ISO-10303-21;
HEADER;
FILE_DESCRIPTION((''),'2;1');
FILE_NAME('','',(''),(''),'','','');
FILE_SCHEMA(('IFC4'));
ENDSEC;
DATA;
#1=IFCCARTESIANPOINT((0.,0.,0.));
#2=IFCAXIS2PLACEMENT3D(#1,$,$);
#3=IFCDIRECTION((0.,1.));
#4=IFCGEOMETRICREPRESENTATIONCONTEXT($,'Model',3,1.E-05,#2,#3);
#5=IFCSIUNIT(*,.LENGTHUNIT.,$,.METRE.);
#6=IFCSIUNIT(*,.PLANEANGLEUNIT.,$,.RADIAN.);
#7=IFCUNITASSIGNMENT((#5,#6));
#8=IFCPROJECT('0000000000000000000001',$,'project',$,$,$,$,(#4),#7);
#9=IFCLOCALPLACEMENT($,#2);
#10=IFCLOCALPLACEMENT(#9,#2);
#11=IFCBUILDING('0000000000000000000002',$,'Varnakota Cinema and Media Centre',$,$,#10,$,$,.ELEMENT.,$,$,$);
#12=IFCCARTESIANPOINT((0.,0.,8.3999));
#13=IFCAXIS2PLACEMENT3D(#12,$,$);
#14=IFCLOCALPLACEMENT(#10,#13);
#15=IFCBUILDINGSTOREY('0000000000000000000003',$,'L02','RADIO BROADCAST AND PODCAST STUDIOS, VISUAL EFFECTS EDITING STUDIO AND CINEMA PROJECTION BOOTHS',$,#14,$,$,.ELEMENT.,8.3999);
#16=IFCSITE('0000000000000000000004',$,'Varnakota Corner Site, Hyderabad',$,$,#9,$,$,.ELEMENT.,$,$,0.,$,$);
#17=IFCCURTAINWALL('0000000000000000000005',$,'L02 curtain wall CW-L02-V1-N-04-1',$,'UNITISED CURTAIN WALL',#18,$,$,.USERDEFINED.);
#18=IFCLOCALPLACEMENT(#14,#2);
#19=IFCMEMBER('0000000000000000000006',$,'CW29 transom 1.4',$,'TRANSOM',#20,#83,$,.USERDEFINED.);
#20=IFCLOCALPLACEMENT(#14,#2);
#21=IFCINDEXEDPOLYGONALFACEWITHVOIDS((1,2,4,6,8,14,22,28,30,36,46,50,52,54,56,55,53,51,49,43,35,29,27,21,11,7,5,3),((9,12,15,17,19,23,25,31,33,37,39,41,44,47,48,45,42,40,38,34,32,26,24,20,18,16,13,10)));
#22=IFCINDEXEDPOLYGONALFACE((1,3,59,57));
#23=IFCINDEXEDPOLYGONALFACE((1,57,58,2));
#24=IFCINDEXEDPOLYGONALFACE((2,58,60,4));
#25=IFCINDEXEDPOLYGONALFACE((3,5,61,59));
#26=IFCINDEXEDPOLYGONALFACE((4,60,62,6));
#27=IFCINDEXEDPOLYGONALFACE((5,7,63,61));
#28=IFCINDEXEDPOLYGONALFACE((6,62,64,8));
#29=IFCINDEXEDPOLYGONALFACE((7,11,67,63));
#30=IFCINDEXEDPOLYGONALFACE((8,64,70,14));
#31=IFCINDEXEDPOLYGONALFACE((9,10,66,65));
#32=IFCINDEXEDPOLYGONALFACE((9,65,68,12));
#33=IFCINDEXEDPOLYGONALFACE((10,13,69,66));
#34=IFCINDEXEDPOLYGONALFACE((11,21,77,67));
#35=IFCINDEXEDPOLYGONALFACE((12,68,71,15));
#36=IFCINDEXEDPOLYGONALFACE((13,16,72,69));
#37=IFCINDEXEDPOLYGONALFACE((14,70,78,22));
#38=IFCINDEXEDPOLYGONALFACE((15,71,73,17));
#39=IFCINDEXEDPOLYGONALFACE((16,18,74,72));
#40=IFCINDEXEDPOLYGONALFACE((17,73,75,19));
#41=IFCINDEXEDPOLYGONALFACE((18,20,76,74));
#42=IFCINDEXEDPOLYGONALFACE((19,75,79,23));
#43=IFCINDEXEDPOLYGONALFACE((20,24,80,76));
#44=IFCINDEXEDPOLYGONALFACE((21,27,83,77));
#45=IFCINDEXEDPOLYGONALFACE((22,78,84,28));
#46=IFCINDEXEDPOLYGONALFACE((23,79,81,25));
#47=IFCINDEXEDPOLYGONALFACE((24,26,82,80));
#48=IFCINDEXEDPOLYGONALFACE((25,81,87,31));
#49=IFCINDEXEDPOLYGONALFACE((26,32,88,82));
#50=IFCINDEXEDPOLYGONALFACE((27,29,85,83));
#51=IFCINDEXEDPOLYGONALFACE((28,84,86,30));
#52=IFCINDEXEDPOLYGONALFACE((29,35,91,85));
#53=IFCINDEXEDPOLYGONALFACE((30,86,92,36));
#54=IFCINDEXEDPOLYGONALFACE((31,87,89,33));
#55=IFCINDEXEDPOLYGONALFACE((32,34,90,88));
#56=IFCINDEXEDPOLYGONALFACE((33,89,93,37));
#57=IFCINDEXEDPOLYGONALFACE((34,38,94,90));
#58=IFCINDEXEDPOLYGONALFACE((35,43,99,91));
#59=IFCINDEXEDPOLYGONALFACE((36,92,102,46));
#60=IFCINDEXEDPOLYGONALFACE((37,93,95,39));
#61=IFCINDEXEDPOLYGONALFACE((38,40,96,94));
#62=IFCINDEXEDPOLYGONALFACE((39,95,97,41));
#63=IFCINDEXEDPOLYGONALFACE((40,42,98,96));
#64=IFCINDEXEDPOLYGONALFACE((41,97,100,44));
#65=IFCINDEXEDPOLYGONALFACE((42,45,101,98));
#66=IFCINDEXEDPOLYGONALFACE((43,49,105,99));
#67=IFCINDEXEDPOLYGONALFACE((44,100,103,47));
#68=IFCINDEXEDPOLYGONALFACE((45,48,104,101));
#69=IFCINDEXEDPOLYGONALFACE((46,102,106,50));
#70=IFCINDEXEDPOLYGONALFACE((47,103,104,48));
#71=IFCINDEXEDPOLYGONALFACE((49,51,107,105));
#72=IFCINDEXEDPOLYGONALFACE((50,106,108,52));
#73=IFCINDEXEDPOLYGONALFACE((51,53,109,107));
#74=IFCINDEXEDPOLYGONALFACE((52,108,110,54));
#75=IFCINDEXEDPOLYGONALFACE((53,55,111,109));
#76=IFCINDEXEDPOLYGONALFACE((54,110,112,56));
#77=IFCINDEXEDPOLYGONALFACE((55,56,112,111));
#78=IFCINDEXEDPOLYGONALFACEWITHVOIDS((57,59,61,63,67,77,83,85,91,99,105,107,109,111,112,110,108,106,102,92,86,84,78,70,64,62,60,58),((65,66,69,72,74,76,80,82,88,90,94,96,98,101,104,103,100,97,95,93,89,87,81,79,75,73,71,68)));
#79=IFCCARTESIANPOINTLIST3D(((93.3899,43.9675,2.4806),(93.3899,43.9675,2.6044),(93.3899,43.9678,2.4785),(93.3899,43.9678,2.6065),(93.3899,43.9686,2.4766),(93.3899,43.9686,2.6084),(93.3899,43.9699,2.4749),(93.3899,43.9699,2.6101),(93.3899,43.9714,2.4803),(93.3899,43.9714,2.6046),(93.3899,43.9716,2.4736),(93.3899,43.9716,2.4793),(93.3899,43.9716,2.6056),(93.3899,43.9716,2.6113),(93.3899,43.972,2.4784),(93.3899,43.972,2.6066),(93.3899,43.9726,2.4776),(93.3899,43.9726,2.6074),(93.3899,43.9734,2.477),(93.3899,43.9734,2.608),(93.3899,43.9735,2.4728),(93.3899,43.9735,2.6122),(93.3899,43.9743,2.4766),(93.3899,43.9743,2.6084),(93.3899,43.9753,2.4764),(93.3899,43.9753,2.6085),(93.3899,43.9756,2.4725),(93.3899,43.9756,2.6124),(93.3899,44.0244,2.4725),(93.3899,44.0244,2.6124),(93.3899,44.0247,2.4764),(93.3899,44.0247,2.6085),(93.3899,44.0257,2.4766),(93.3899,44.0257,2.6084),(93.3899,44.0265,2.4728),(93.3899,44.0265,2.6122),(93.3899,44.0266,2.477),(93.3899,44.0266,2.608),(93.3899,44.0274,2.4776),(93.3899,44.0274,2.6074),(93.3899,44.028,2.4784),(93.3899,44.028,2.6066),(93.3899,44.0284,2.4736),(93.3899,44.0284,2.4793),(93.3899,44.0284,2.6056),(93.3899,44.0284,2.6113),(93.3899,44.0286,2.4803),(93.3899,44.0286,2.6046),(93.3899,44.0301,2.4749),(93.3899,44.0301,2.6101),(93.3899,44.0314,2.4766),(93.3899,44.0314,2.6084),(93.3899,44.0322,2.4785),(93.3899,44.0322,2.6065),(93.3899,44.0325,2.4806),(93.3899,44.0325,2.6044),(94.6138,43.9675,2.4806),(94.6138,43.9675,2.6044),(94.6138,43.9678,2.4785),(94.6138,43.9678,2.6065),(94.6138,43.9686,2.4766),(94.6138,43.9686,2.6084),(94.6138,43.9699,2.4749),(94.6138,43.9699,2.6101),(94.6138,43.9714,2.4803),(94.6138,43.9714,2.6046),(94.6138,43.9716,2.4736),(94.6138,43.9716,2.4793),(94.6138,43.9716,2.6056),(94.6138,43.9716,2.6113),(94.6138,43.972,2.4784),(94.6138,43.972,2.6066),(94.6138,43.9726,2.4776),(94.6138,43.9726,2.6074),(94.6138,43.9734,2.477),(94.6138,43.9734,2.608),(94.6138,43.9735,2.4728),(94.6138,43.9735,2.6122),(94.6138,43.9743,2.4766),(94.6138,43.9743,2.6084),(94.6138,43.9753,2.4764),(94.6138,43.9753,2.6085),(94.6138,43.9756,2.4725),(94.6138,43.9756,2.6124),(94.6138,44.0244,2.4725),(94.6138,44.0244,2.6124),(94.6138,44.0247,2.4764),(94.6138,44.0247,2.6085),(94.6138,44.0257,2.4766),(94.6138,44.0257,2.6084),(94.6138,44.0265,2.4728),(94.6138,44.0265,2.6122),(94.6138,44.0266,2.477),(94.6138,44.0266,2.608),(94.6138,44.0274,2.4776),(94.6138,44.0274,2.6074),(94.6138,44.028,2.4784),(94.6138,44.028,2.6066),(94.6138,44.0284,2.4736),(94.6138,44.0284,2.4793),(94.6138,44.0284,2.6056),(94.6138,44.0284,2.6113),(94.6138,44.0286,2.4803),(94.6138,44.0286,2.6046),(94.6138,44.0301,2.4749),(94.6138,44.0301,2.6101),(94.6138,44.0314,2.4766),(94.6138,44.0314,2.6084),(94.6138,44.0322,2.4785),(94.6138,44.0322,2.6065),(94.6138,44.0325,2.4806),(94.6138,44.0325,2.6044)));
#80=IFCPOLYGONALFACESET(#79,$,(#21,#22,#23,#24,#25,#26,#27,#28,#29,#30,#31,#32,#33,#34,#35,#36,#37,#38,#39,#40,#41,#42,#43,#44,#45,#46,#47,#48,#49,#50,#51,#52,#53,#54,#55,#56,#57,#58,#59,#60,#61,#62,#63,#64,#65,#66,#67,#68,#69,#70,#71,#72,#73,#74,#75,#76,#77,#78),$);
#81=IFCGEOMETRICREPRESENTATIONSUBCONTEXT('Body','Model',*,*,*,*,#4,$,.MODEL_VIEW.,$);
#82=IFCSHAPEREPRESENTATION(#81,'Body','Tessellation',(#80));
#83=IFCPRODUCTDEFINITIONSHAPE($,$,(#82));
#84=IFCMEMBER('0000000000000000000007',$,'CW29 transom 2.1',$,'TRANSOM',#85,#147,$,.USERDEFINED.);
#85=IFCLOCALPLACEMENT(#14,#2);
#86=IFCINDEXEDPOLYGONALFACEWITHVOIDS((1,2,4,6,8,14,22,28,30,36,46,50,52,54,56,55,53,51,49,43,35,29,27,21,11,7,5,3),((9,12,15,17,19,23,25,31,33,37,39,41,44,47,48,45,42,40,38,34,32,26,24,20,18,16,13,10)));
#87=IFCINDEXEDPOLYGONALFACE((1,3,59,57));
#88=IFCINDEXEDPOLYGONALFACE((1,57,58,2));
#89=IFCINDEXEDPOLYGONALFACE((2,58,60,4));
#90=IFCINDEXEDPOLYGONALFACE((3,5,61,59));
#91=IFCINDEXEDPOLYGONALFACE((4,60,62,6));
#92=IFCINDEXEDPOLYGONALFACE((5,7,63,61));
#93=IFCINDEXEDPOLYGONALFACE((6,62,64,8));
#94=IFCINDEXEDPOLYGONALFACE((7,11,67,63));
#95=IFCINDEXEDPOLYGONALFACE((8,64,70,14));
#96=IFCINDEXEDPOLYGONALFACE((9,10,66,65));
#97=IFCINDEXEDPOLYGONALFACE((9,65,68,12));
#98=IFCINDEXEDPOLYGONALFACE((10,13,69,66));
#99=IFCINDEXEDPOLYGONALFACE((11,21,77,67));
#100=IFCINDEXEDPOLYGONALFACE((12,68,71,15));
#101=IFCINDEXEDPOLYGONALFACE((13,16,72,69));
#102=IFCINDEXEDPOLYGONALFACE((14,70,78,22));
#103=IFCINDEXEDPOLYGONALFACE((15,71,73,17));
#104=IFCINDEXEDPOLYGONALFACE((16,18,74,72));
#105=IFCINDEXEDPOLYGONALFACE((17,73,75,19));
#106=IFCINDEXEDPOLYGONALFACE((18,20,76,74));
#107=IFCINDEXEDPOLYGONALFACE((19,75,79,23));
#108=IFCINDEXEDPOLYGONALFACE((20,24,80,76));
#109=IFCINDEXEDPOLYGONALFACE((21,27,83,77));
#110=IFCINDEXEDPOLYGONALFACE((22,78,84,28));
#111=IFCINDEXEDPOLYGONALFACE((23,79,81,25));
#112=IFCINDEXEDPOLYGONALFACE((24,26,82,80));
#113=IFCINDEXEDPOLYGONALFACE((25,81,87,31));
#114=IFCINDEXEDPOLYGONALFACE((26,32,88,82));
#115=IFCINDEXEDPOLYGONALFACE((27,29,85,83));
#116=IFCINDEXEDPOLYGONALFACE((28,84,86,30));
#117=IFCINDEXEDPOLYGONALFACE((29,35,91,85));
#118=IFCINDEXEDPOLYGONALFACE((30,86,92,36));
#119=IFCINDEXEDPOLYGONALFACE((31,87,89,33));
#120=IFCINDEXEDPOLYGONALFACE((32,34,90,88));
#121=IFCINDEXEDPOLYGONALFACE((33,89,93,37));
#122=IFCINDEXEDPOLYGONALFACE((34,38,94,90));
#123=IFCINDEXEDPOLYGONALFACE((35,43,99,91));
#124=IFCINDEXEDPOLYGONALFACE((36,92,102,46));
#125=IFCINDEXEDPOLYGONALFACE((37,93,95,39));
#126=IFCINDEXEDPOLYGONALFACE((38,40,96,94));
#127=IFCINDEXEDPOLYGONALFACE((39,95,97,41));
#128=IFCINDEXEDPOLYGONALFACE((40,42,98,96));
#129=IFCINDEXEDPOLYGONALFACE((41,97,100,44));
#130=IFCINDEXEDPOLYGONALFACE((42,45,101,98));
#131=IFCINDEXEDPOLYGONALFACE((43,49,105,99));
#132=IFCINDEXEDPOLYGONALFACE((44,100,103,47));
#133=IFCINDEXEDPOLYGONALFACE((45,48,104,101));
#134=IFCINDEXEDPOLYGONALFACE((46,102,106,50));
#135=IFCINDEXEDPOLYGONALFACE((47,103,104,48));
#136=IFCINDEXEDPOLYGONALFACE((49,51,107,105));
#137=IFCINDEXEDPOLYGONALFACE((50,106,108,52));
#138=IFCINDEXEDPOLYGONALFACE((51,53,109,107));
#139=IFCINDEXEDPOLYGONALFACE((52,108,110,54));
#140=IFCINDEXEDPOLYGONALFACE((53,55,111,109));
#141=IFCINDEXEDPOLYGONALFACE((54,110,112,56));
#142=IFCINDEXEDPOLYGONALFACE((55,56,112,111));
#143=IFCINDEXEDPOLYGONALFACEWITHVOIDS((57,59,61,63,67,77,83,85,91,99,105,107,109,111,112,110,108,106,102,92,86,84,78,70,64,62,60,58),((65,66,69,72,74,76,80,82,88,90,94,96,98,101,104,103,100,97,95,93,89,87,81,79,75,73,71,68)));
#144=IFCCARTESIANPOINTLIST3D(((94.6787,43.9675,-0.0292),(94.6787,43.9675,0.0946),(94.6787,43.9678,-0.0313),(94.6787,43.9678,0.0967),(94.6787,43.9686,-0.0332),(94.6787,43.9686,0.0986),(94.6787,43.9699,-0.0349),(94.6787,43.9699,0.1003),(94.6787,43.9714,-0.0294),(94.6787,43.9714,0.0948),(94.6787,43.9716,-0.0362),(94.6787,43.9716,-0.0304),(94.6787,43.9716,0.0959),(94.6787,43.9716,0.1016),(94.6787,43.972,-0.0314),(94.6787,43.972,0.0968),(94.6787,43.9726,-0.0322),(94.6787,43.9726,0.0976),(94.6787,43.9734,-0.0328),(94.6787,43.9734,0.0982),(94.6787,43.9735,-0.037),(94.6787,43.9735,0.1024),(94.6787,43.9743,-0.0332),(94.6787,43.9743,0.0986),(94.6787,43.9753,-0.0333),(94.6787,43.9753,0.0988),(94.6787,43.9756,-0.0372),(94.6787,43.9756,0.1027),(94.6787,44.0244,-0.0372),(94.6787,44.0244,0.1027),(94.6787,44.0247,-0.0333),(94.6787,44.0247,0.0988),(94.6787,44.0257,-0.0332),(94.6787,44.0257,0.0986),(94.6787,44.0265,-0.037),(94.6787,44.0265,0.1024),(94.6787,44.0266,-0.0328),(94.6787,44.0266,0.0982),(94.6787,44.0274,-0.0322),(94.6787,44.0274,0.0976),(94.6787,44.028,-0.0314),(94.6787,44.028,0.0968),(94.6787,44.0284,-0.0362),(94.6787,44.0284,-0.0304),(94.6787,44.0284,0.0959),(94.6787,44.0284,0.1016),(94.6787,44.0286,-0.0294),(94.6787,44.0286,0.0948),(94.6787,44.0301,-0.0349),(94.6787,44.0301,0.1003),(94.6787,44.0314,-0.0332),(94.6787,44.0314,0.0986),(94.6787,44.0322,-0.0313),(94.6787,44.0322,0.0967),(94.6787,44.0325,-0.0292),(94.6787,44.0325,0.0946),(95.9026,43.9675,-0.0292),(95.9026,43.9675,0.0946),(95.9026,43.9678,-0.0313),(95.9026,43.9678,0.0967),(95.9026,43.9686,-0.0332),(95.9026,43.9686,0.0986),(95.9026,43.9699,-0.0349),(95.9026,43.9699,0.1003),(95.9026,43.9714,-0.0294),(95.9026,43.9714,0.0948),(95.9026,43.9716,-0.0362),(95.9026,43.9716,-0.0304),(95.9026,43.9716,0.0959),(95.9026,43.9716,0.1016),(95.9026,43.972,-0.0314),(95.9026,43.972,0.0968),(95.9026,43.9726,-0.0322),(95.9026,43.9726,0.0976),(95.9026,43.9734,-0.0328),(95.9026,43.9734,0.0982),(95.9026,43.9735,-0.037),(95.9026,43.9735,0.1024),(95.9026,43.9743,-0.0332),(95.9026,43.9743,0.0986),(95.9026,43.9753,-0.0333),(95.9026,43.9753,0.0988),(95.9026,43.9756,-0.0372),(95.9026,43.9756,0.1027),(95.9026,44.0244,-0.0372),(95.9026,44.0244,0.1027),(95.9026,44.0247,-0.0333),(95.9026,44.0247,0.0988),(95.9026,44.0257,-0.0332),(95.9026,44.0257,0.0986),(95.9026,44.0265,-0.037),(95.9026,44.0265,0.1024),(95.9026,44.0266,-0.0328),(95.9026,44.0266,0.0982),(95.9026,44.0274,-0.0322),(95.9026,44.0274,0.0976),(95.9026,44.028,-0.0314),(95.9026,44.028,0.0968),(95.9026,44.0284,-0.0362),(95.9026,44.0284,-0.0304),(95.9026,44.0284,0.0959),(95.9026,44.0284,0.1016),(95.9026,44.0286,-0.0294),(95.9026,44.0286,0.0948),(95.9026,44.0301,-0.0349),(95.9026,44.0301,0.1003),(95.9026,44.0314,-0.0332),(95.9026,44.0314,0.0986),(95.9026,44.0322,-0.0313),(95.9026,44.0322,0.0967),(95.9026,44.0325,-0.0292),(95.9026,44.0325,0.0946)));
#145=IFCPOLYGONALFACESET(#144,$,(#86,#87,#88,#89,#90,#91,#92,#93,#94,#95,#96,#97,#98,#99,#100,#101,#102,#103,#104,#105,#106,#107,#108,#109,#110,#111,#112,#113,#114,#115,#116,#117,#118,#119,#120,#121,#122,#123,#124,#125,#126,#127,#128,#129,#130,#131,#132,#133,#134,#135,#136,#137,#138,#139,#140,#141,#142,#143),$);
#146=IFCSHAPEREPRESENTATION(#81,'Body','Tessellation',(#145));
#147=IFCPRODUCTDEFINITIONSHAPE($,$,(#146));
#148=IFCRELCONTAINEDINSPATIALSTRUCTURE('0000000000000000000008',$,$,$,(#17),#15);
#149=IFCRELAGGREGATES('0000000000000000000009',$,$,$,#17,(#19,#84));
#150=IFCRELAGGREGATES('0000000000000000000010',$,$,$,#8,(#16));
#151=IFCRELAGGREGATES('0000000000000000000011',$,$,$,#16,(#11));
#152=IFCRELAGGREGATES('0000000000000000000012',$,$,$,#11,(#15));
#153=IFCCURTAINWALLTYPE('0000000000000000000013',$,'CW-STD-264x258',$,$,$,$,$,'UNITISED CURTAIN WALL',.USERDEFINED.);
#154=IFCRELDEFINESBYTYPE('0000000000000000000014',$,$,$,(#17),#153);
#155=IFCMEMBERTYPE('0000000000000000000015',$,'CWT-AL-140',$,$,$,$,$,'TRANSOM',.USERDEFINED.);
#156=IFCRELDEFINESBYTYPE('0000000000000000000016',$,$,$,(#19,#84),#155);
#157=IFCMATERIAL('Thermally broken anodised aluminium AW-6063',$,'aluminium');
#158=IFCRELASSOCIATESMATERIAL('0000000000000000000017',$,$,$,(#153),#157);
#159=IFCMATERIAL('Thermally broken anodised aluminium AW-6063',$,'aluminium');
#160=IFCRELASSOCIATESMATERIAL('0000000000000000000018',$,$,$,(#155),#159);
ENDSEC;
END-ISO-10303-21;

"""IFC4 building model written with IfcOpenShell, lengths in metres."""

from ifc_helpers import new_model, si_unit, direction, frame, origin, origin_2d, place, context, subcontext, project, spatial, hollow_rectangle, extrude, material, material_profile, profile_set, type_object, element, aggregate, save


model = new_model("IFC4")

# Units and contexts
model_context = context("Model", 3, precision=1e-05, world=origin(), true_north=direction((0.0, 1.0)))
body_context = subcontext(model_context, "Body", "Model", "MODEL_VIEW")
ifc_project = project(units=[si_unit("LENGTHUNIT", "METRE"), si_unit("PLANEANGLEUNIT", "RADIAN")], contexts=[model_context])

# Site, building, storey
site_placement = place(None, origin())
site = spatial("IfcSite", under=ifc_project, at=site_placement, Name="Varnakota Corner Site, Hyderabad", CompositionType="ELEMENT", RefElevation=0.0)
building_placement = place(site_placement, origin())
building = spatial("IfcBuilding", under=site, at=building_placement, Name="Varnakota Cinema and Media Centre", CompositionType="ELEMENT")
storey_placement = place(building_placement, frame((0.0, 0.0, 8.3999)))
storey = spatial("IfcBuildingStorey", under=building, at=storey_placement, Name="L02", Description="RADIO BROADCAST AND PODCAST STUDIOS, VISUAL EFFECTS EDITING STUDIO AND CINEMA PROJECTION BOOTHS", CompositionType="ELEMENT", Elevation=8.3999)

# Curtain wall
ifc_material_1 = material(Name="Thermally broken anodised aluminium AW-6063", Category="aluminium")
curtain_wall_type = type_object("IfcCurtainWallType", Name="CW-STD-264x258", ElementType="UNITISED CURTAIN WALL", PredefinedType="USERDEFINED", material=ifc_material_1)
curtain_wall_1_placement = place(storey_placement, origin())
curtain_wall_1 = element("IfcCurtainWall", 1, at=curtain_wall_1_placement, inside=storey, type_object=curtain_wall_type, Name="L02 curtain wall CW-L02-V1-N-04-1", ObjectType="UNITISED CURTAIN WALL", PredefinedType="USERDEFINED")

# Members
ifc_material_2 = material(Name="Thermally broken anodised aluminium AW-6063", Category="aluminium")
ifc_material_profile_1 = material_profile(ifc_material_2, hollow_rectangle(XDim=0.0649, YDim=0.1399, WallThickness=0.0039, InnerFilletRadius=0.0039, OuterFilletRadius=0.0081, at=origin_2d()), Name="AL-TRANSOM 140x65x4")
ifc_profile_set_1 = profile_set([ifc_material_profile_1], Name="Thermally broken anodised aluminium AW-6063")
member_type_1 = type_object("IfcMemberType", Name="CWT-AL-140", ElementType="TRANSOM", PredefinedType="USERDEFINED", material=ifc_profile_set_1)
member_1_placement = place(storey_placement, frame((93.3899, 44.0, 2.5425), z_axis=(1.0, 0.0, 0.0), x_axis=(0.0, 1.0, 0.0)))
member_1 = element("IfcMember", 2, at=member_1_placement, type_object=member_type_1, Name="CW29 transom 1.4", ObjectType="TRANSOM", PredefinedType="USERDEFINED", context=body_context, shape_type="SweptSolid", body=[
    extrude(hollow_rectangle(XDim=0.0649, YDim=0.1399, WallThickness=0.0039, InnerFilletRadius=0.0039, OuterFilletRadius=0.0081, at=origin_2d()), origin(), (0.0, 0.0, 1.0), 1.2239),
])
member_2_placement = place(storey_placement, frame((94.6787, 44.0, 0.0327), z_axis=(1.0, 0.0, 0.0), x_axis=(0.0, 1.0, 0.0)))
member_2 = element("IfcMember", 3, at=member_2_placement, type_object=member_type_1, Name="CW29 transom 2.1", ObjectType="TRANSOM", PredefinedType="USERDEFINED", context=body_context, shape_type="SweptSolid", body=[
    extrude(hollow_rectangle(XDim=0.0649, YDim=0.1399, WallThickness=0.0039, InnerFilletRadius=0.0039, OuterFilletRadius=0.0081, at=origin_2d()), origin(), (0.0, 0.0, 1.0), 1.2239),
])

aggregate(curtain_wall_1, [member_1, member_2])

save(model, "model.ifc")
